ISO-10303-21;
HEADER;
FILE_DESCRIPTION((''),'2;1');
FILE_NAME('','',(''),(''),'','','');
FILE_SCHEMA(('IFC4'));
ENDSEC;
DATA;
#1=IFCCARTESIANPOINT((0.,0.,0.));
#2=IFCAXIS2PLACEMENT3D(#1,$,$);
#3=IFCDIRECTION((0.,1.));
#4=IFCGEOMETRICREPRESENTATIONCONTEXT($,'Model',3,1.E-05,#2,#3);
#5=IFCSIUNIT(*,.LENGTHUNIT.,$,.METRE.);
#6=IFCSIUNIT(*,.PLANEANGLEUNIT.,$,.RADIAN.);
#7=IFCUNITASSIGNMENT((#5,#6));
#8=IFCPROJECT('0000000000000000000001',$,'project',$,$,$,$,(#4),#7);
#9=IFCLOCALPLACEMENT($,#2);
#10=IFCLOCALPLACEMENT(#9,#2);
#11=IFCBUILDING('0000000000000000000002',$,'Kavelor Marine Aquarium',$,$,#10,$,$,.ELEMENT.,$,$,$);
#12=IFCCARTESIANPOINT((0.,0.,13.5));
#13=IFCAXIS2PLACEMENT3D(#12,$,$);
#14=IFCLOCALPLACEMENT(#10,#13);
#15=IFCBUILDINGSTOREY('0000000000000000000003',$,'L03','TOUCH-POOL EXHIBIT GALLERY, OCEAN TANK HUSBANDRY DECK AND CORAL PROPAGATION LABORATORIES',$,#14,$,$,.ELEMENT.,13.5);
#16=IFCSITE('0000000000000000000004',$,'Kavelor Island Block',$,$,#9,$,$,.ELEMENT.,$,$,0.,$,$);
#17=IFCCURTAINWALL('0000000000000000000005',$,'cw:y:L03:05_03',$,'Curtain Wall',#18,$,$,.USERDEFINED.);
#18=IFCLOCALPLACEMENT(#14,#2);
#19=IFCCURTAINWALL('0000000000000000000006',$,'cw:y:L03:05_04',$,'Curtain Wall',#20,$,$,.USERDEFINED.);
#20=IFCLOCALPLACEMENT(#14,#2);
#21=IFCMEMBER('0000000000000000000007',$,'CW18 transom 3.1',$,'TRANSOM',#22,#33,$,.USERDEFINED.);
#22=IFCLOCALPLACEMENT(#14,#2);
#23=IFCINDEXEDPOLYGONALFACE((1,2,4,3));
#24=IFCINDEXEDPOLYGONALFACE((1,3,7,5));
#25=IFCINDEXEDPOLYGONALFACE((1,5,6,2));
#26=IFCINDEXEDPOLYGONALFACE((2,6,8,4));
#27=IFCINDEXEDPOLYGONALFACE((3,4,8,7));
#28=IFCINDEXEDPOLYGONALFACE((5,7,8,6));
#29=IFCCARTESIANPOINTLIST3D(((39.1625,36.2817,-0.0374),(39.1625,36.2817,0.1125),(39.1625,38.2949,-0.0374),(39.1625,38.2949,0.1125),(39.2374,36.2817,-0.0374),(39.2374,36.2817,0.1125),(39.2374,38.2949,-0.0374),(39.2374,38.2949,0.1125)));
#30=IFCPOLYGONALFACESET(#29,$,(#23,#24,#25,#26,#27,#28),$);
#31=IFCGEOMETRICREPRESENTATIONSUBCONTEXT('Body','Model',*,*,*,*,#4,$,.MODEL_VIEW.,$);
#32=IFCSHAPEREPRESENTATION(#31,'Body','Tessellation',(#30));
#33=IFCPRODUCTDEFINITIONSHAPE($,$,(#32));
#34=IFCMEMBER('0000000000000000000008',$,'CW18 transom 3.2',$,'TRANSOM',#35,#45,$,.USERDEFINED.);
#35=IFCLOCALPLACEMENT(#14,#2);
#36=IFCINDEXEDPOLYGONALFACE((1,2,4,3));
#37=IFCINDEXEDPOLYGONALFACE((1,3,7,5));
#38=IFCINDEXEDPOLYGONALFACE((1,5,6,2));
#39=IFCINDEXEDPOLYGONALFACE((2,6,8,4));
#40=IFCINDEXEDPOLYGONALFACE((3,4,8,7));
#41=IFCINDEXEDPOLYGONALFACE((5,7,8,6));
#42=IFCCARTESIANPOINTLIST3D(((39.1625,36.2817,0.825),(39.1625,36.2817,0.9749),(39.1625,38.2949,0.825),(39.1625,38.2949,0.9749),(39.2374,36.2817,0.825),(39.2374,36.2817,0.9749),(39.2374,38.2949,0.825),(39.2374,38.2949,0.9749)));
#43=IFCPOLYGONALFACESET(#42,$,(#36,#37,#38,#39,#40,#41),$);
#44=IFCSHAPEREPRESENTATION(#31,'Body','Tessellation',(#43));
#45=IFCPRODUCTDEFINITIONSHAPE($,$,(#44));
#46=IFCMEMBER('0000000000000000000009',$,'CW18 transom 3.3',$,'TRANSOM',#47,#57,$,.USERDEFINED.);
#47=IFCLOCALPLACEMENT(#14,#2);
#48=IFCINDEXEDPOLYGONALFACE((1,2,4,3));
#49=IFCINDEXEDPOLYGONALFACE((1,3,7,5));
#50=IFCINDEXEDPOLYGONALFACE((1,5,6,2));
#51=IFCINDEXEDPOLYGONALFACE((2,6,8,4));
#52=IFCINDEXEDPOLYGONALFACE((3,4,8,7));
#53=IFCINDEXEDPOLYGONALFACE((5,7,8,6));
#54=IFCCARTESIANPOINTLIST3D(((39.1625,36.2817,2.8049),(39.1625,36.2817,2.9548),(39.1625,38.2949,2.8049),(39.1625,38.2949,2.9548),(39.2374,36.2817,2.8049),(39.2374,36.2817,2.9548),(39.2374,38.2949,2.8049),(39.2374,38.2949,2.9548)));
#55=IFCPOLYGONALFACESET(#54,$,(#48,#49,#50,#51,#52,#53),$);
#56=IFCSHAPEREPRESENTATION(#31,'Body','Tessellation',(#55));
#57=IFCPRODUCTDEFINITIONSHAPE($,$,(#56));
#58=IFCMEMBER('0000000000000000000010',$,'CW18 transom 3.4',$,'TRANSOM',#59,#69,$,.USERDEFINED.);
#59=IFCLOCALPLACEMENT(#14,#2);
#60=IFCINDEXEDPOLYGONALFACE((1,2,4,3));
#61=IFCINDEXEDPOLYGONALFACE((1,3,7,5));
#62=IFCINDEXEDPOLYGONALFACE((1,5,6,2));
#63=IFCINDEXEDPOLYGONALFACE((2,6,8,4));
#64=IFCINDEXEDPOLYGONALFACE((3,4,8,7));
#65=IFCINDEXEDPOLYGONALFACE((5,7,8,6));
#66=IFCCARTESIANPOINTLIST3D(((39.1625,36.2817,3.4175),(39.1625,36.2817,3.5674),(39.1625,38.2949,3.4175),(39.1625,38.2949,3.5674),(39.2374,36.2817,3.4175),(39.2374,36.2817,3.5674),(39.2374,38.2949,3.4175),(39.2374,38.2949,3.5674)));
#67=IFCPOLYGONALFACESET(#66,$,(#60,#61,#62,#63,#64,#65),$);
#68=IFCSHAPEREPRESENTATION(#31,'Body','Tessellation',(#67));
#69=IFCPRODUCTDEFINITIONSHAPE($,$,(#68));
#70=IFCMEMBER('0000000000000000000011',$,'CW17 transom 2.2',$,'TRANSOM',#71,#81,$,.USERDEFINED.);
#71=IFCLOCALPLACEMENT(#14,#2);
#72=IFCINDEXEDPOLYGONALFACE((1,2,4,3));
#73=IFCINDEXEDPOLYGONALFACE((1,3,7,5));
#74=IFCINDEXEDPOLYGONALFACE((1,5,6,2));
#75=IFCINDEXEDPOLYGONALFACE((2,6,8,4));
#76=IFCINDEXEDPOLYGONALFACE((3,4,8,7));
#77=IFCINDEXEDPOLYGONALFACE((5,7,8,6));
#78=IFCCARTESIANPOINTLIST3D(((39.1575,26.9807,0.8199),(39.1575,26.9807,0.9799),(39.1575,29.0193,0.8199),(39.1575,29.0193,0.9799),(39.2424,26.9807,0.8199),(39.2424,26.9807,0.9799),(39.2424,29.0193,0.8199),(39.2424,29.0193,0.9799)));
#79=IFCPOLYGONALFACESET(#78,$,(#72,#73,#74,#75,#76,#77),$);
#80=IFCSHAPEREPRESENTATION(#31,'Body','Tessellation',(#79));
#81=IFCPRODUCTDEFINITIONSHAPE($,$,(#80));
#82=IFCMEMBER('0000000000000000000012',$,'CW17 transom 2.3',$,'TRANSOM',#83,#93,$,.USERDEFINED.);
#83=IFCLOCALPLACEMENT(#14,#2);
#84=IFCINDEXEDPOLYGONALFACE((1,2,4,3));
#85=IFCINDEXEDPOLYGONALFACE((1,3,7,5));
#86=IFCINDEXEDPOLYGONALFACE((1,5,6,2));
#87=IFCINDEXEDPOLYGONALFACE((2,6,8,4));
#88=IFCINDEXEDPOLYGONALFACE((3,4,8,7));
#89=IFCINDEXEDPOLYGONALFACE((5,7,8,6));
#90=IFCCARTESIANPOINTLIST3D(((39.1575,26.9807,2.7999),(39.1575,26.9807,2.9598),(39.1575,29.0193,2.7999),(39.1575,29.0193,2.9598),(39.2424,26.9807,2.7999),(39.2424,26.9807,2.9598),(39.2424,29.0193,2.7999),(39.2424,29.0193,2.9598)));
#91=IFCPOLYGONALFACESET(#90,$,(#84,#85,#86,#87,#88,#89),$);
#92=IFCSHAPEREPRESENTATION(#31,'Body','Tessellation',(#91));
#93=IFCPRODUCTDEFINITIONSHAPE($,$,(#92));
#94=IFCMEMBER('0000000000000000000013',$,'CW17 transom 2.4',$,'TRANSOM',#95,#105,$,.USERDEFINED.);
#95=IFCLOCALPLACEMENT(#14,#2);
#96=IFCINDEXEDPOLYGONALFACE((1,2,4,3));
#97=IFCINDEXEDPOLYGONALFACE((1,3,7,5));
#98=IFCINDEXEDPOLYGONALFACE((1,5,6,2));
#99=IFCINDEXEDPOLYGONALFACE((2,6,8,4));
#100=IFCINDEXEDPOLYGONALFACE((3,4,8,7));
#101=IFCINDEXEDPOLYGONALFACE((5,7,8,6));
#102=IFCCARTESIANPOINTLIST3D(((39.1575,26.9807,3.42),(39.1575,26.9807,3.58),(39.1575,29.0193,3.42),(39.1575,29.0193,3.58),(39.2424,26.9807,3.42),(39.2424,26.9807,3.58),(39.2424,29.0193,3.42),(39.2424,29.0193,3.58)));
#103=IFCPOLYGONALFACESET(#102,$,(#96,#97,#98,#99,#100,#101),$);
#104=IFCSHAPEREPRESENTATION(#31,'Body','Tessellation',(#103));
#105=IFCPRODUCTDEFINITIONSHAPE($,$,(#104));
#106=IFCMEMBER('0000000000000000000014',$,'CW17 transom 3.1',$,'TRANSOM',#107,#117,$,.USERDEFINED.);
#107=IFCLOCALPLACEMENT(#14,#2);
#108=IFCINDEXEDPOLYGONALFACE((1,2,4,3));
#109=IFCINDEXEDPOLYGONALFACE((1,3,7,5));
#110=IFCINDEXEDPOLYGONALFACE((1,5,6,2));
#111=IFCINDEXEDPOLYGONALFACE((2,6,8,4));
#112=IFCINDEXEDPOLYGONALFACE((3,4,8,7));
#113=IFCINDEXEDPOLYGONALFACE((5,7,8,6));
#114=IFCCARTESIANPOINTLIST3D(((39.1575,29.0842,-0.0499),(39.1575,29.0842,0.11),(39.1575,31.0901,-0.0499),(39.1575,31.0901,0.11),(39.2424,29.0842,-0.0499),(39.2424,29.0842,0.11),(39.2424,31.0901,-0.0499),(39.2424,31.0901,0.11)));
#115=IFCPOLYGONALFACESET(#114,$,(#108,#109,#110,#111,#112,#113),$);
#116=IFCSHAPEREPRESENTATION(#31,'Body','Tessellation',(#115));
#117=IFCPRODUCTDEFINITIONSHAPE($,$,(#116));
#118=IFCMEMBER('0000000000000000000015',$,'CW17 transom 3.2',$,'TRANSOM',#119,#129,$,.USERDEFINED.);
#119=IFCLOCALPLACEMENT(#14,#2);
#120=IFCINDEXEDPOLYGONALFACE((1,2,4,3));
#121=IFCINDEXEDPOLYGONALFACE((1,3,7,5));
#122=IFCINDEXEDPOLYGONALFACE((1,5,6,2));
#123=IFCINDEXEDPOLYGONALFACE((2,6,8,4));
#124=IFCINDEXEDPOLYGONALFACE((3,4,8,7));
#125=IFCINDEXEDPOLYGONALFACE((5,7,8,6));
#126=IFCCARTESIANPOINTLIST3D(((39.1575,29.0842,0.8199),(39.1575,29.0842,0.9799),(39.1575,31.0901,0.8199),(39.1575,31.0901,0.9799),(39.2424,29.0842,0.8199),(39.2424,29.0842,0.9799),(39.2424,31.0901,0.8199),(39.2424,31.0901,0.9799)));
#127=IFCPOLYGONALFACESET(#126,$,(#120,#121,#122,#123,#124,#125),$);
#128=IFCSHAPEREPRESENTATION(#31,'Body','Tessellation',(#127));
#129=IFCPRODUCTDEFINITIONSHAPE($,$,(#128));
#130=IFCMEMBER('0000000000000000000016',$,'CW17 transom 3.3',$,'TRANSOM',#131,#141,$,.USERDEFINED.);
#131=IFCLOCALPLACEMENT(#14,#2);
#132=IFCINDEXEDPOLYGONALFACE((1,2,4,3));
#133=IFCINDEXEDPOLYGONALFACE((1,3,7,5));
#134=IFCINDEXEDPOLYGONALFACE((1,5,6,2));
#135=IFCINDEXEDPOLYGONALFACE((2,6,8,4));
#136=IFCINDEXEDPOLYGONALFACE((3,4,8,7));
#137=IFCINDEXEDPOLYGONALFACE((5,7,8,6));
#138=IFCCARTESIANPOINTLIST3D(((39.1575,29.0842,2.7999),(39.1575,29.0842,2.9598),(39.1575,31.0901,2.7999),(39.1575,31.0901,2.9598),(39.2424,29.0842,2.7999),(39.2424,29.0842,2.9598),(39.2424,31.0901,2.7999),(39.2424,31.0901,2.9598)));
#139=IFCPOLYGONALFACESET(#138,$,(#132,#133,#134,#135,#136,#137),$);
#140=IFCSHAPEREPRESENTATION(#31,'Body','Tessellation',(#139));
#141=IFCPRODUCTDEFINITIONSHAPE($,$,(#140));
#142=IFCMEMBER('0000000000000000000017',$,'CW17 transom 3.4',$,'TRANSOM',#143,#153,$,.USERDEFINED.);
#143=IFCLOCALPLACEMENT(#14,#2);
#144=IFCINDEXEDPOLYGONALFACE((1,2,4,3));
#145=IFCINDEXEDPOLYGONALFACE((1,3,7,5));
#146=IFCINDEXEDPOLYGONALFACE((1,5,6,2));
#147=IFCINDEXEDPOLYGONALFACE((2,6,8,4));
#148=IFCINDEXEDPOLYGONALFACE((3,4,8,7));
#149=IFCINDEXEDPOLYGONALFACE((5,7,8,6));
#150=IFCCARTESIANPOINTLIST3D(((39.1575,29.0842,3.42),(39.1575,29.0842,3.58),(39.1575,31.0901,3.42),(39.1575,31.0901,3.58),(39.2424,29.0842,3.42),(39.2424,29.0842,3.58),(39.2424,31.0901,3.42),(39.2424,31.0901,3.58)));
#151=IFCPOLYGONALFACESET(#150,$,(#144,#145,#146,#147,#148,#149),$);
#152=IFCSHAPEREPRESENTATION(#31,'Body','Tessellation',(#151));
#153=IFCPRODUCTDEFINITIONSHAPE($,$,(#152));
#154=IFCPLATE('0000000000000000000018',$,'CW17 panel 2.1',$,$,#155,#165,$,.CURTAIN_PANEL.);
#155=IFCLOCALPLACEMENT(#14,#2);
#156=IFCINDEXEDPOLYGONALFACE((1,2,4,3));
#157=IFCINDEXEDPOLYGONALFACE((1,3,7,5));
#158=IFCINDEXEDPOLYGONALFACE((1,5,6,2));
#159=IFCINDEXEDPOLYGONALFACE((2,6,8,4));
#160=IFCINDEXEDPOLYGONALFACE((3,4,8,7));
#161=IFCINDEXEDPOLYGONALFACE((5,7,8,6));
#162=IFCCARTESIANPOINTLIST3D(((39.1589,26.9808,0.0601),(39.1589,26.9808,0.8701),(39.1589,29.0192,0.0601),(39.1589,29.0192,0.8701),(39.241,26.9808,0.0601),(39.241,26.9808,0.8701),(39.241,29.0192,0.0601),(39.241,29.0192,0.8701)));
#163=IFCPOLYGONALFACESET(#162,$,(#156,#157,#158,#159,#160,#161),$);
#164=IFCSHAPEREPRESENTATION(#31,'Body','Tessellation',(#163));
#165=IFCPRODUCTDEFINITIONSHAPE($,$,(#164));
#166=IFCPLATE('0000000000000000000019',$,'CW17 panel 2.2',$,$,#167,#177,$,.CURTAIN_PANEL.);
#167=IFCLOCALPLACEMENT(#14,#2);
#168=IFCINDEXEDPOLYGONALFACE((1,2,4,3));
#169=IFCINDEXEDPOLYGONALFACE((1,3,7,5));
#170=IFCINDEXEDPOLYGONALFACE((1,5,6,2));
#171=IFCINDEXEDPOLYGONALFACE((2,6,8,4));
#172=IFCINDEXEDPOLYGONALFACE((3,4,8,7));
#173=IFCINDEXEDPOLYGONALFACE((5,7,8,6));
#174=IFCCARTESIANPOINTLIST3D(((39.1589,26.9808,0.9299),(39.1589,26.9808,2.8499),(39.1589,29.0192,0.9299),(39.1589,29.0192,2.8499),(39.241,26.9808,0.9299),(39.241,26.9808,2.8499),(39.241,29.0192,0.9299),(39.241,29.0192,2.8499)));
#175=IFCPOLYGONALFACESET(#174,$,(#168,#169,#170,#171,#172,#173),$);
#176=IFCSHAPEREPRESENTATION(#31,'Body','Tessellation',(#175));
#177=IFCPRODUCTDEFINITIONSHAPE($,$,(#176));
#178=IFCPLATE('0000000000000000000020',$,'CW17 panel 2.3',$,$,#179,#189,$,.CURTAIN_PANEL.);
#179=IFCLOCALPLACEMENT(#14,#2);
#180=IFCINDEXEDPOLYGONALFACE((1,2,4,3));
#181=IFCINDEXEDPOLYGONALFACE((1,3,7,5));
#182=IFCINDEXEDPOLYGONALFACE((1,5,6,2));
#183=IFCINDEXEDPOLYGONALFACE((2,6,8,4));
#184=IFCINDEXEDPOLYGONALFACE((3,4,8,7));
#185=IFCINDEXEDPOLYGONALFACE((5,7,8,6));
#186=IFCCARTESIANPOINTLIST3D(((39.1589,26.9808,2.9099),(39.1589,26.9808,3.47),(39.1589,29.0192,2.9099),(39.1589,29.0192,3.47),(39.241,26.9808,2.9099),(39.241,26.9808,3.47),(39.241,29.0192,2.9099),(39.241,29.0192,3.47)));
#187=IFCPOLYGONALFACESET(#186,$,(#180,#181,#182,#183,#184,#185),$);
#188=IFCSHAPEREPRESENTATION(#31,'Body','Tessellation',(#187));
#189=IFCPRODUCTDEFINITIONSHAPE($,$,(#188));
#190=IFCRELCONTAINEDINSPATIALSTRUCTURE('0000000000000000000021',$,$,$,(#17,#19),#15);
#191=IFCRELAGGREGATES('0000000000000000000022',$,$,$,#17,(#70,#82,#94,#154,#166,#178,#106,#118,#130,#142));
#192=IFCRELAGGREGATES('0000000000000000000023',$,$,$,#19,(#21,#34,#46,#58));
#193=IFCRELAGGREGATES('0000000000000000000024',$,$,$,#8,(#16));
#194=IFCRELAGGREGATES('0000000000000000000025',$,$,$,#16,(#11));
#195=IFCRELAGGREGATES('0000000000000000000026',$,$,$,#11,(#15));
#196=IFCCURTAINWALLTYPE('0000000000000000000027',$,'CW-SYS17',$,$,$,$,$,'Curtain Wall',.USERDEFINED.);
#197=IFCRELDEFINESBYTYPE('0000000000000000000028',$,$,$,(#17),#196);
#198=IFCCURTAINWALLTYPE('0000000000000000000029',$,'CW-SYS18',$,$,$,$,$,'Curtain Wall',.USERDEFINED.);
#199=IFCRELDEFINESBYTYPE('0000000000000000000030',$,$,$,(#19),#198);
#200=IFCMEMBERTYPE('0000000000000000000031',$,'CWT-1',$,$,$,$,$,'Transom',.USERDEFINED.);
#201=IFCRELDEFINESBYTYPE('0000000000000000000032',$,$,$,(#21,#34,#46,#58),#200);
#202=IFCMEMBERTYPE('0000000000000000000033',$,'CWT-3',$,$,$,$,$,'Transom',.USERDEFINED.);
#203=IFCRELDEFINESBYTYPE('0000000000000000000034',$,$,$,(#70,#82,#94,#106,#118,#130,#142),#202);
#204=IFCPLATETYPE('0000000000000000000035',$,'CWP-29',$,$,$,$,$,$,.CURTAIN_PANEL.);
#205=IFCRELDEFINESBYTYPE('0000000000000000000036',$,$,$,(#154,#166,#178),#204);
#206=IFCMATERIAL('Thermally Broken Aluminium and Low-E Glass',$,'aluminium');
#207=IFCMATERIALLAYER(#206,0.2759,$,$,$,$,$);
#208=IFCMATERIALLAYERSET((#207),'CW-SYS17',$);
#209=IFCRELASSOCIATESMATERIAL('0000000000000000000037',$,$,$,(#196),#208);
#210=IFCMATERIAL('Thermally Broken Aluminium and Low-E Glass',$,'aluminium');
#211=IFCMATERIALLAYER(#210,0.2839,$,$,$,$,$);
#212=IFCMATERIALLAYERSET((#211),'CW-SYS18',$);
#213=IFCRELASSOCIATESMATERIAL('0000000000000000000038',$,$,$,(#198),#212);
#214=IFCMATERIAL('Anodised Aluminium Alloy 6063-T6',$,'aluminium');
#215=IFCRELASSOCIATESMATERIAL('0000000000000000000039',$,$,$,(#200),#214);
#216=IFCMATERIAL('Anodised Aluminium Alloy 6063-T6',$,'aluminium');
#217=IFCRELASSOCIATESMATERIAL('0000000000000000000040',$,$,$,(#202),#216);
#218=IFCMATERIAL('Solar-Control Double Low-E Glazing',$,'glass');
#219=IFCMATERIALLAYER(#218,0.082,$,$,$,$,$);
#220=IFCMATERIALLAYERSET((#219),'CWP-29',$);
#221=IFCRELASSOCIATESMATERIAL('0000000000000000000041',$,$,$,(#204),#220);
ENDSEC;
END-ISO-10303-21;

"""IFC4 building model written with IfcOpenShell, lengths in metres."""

from ifc_helpers import new_model, si_unit, direction, frame, origin, origin_2d, place, context, subcontext, project, spatial, rectangle, extrude, material, layer, layer_set, material_profile, profile_set, type_object, element, aggregate, save


model = new_model("IFC4")

# Units and contexts
model_context = context("Model", 3, precision=1e-05, world=origin(), true_north=direction((0.0, 1.0)))
body_context = subcontext(model_context, "Body", "Model", "MODEL_VIEW")
ifc_project = project(units=[si_unit("LENGTHUNIT", "METRE"), si_unit("PLANEANGLEUNIT", "RADIAN")], contexts=[model_context])

# Site, building, storey
site_placement = place(None, origin())
site = spatial("IfcSite", under=ifc_project, at=site_placement, Name="Kavelor Island Block", CompositionType="ELEMENT", RefElevation=0.0)
building_placement = place(site_placement, origin())
building = spatial("IfcBuilding", under=site, at=building_placement, Name="Kavelor Marine Aquarium", CompositionType="ELEMENT")
storey_placement = place(building_placement, frame((0.0, 0.0, 13.5)))
storey = spatial("IfcBuildingStorey", under=building, at=storey_placement, Name="L03", Description="TOUCH-POOL EXHIBIT GALLERY, OCEAN TANK HUSBANDRY DECK AND CORAL PROPAGATION LABORATORIES", CompositionType="ELEMENT", Elevation=13.5)

# Curtain walls, members
ifc_material_1 = material(Name="Thermally Broken Aluminium and Low-E Glass", Category="aluminium")
ifc_layer_1 = layer(ifc_material_1, 0.2759)
ifc_layer_set_1 = layer_set([ifc_layer_1], Name="CW-SYS17")
curtain_wall_type_1 = type_object("IfcCurtainWallType", Name="CW-SYS17", ElementType="Curtain Wall", PredefinedType="USERDEFINED", material=ifc_layer_set_1)
curtain_wall_1_placement = place(storey_placement, origin())
curtain_wall_1 = element("IfcCurtainWall", 1, at=curtain_wall_1_placement, inside=storey, type_object=curtain_wall_type_1, Name="cw:y:L03:05_03", ObjectType="Curtain Wall", PredefinedType="USERDEFINED")
ifc_material_2 = material(Name="Thermally Broken Aluminium and Low-E Glass", Category="aluminium")
ifc_layer_2 = layer(ifc_material_2, 0.2839)
ifc_layer_set_2 = layer_set([ifc_layer_2], Name="CW-SYS18")
curtain_wall_type_2 = type_object("IfcCurtainWallType", Name="CW-SYS18", ElementType="Curtain Wall", PredefinedType="USERDEFINED", material=ifc_layer_set_2)
curtain_wall_2_placement = place(storey_placement, origin())
curtain_wall_2 = element("IfcCurtainWall", 2, at=curtain_wall_2_placement, inside=storey, type_object=curtain_wall_type_2, Name="cw:y:L03:05_04", ObjectType="Curtain Wall", PredefinedType="USERDEFINED")
ifc_material_3 = material(Name="Anodised Aluminium Alloy 6063-T6", Category="aluminium")
ifc_material_profile_1 = material_profile(ifc_material_3, rectangle(XDim=0.075, YDim=0.1499, at=origin_2d()), Name="CW-TRN 75x150")
ifc_profile_set_1 = profile_set([ifc_material_profile_1], Name="Anodised Aluminium Alloy 6063-T6")
member_type_1 = type_object("IfcMemberType", Name="CWT-1", ElementType="Transom", PredefinedType="USERDEFINED", material=ifc_profile_set_1)
member_1_placement = place(storey_placement, frame((39.2, 36.2817, 0.0376), z_axis=(0.0, 1.0, 0.0), x_axis=(-1.0, 0.0, 0.0)))
member_1 = element("IfcMember", 3, at=member_1_placement, type_object=member_type_1, Name="CW18 transom 3.1", ObjectType="TRANSOM", PredefinedType="USERDEFINED", context=body_context, shape_type="SweptSolid", body=[
    extrude(rectangle(XDim=0.075, YDim=0.1499, at=origin_2d()), origin(), (0.0, 0.0, 1.0), 2.0132),
])
member_2_placement = place(storey_placement, frame((39.2, 36.2817, 0.8999), z_axis=(0.0, 1.0, 0.0), x_axis=(-1.0, 0.0, 0.0)))
member_2 = element("IfcMember", 4, at=member_2_placement, type_object=member_type_1, Name="CW18 transom 3.2", ObjectType="TRANSOM", PredefinedType="USERDEFINED", context=body_context, shape_type="SweptSolid", body=[
    extrude(rectangle(XDim=0.075, YDim=0.1499, at=origin_2d()), origin(), (0.0, 0.0, 1.0), 2.0132),
])
member_3_placement = place(storey_placement, frame((39.2, 36.2817, 2.8799), z_axis=(0.0, 1.0, 0.0), x_axis=(-1.0, 0.0, 0.0)))
member_3 = element("IfcMember", 5, at=member_3_placement, type_object=member_type_1, Name="CW18 transom 3.3", ObjectType="TRANSOM", PredefinedType="USERDEFINED", context=body_context, shape_type="SweptSolid", body=[
    extrude(rectangle(XDim=0.075, YDim=0.1499, at=origin_2d()), origin(), (0.0, 0.0, 1.0), 2.0132),
])
member_4_placement = place(storey_placement, frame((39.2, 36.2817, 3.4924), z_axis=(0.0, 1.0, 0.0), x_axis=(-1.0, 0.0, 0.0)))
member_4 = element("IfcMember", 6, at=member_4_placement, type_object=member_type_1, Name="CW18 transom 3.4", ObjectType="TRANSOM", PredefinedType="USERDEFINED", context=body_context, shape_type="SweptSolid", body=[
    extrude(rectangle(XDim=0.075, YDim=0.1499, at=origin_2d()), origin(), (0.0, 0.0, 1.0), 2.0132),
])

# Members
ifc_material_4 = material(Name="Anodised Aluminium Alloy 6063-T6", Category="aluminium")
ifc_material_profile_2 = material_profile(ifc_material_4, rectangle(XDim=0.085, YDim=0.1599, at=origin_2d()), Name="CW-TRN 85x160")
ifc_profile_set_2 = profile_set([ifc_material_profile_2], Name="Anodised Aluminium Alloy 6063-T6")
member_type_2 = type_object("IfcMemberType", Name="CWT-3", ElementType="Transom", PredefinedType="USERDEFINED", material=ifc_profile_set_2)
member_5_placement = place(storey_placement, frame((39.2, 26.9807, 0.8999), z_axis=(0.0, 1.0, 0.0), x_axis=(-1.0, 0.0, 0.0)))
member_5 = element("IfcMember", 7, at=member_5_placement, type_object=member_type_2, Name="CW17 transom 2.2", ObjectType="TRANSOM", PredefinedType="USERDEFINED", context=body_context, shape_type="SweptSolid", body=[
    extrude(rectangle(XDim=0.085, YDim=0.1599, at=origin_2d()), origin(), (0.0, 0.0, 1.0), 2.0386),
])
member_6_placement = place(storey_placement, frame((39.2, 26.9807, 2.8799), z_axis=(0.0, 1.0, 0.0), x_axis=(-1.0, 0.0, 0.0)))
member_6 = element("IfcMember", 8, at=member_6_placement, type_object=member_type_2, Name="CW17 transom 2.3", ObjectType="TRANSOM", PredefinedType="USERDEFINED", context=body_context, shape_type="SweptSolid", body=[
    extrude(rectangle(XDim=0.085, YDim=0.1599, at=origin_2d()), origin(), (0.0, 0.0, 1.0), 2.0386),
])
member_7_placement = place(storey_placement, frame((39.2, 26.9807, 3.5), z_axis=(0.0, 1.0, 0.0), x_axis=(-1.0, 0.0, 0.0)))
member_7 = element("IfcMember", 9, at=member_7_placement, type_object=member_type_2, Name="CW17 transom 2.4", ObjectType="TRANSOM", PredefinedType="USERDEFINED", context=body_context, shape_type="SweptSolid", body=[
    extrude(rectangle(XDim=0.085, YDim=0.1599, at=origin_2d()), origin(), (0.0, 0.0, 1.0), 2.0386),
])
member_8_placement = place(storey_placement, frame((39.2, 29.0842, 0.03), z_axis=(0.0, 1.0, 0.0), x_axis=(-1.0, 0.0, 0.0)))
member_8 = element("IfcMember", 10, at=member_8_placement, type_object=member_type_2, Name="CW17 transom 3.1", ObjectType="TRANSOM", PredefinedType="USERDEFINED", context=body_context, shape_type="SweptSolid", body=[
    extrude(rectangle(XDim=0.085, YDim=0.1599, at=origin_2d()), origin(), (0.0, 0.0, 1.0), 2.0059),
])
member_9_placement = place(storey_placement, frame((39.2, 29.0842, 0.8999), z_axis=(0.0, 1.0, 0.0), x_axis=(-1.0, 0.0, 0.0)))
member_9 = element("IfcMember", 11, at=member_9_placement, type_object=member_type_2, Name="CW17 transom 3.2", ObjectType="TRANSOM", PredefinedType="USERDEFINED", context=body_context, shape_type="SweptSolid", body=[
    extrude(rectangle(XDim=0.085, YDim=0.1599, at=origin_2d()), origin(), (0.0, 0.0, 1.0), 2.0059),
])
member_10_placement = place(storey_placement, frame((39.2, 29.0842, 2.8799), z_axis=(0.0, 1.0, 0.0), x_axis=(-1.0, 0.0, 0.0)))
member_10 = element("IfcMember", 12, at=member_10_placement, type_object=member_type_2, Name="CW17 transom 3.3", ObjectType="TRANSOM", PredefinedType="USERDEFINED", context=body_context, shape_type="SweptSolid", body=[
    extrude(rectangle(XDim=0.085, YDim=0.1599, at=origin_2d()), origin(), (0.0, 0.0, 1.0), 2.0059),
])
member_11_placement = place(storey_placement, frame((39.2, 29.0842, 3.5), z_axis=(0.0, 1.0, 0.0), x_axis=(-1.0, 0.0, 0.0)))
member_11 = element("IfcMember", 13, at=member_11_placement, type_object=member_type_2, Name="CW17 transom 3.4", ObjectType="TRANSOM", PredefinedType="USERDEFINED", context=body_context, shape_type="SweptSolid", body=[
    extrude(rectangle(XDim=0.085, YDim=0.1599, at=origin_2d()), origin(), (0.0, 0.0, 1.0), 2.0059),
])

# Plates
ifc_material_5 = material(Name="Solar-Control Double Low-E Glazing", Category="glass")
ifc_layer_3 = layer(ifc_material_5, 0.082)
ifc_layer_set_3 = layer_set([ifc_layer_3], Name="CWP-29")
plate_type_1 = type_object("IfcPlateType", Name="CWP-29", PredefinedType="CURTAIN_PANEL", material=ifc_layer_set_3)
plate_1_placement = place(storey_placement, frame((39.2, 28.0, 0.0601), z_axis=(0.0, 0.0, 1.0), x_axis=(0.0, 1.0, 0.0)))
plate_1 = element("IfcPlate", 14, at=plate_1_placement, type_object=plate_type_1, Name="CW17 panel 2.1", PredefinedType="CURTAIN_PANEL", context=body_context, shape_type="SweptSolid", body=[
    extrude(rectangle(XDim=2.0383, YDim=0.082, at=origin_2d()), origin(), (0.0, 0.0, 1.0), 0.8101),
])
plate_2_placement = place(storey_placement, frame((39.2, 28.0, 0.9299), z_axis=(0.0, 0.0, 1.0), x_axis=(0.0, 1.0, 0.0)))
plate_2 = element("IfcPlate", 15, at=plate_2_placement, type_object=plate_type_1, Name="CW17 panel 2.2", PredefinedType="CURTAIN_PANEL", context=body_context, shape_type="SweptSolid", body=[
    extrude(rectangle(XDim=2.0383, YDim=0.082, at=origin_2d()), origin(), (0.0, 0.0, 1.0), 1.9199),
])
plate_3_placement = place(storey_placement, frame((39.2, 28.0, 2.9099), z_axis=(0.0, 0.0, 1.0), x_axis=(0.0, 1.0, 0.0)))
plate_3 = element("IfcPlate", 16, at=plate_3_placement, type_object=plate_type_1, Name="CW17 panel 2.3", PredefinedType="CURTAIN_PANEL", context=body_context, shape_type="SweptSolid", body=[
    extrude(rectangle(XDim=2.0383, YDim=0.082, at=origin_2d()), origin(), (0.0, 0.0, 1.0), 0.5601),
])
aggregate(curtain_wall_1, [member_5, member_6, member_7, plate_1, plate_2, plate_3, member_8, member_9, member_10, member_11])
aggregate(curtain_wall_2, [member_1, member_2, member_3, member_4])

save(model, "model.ifc")
